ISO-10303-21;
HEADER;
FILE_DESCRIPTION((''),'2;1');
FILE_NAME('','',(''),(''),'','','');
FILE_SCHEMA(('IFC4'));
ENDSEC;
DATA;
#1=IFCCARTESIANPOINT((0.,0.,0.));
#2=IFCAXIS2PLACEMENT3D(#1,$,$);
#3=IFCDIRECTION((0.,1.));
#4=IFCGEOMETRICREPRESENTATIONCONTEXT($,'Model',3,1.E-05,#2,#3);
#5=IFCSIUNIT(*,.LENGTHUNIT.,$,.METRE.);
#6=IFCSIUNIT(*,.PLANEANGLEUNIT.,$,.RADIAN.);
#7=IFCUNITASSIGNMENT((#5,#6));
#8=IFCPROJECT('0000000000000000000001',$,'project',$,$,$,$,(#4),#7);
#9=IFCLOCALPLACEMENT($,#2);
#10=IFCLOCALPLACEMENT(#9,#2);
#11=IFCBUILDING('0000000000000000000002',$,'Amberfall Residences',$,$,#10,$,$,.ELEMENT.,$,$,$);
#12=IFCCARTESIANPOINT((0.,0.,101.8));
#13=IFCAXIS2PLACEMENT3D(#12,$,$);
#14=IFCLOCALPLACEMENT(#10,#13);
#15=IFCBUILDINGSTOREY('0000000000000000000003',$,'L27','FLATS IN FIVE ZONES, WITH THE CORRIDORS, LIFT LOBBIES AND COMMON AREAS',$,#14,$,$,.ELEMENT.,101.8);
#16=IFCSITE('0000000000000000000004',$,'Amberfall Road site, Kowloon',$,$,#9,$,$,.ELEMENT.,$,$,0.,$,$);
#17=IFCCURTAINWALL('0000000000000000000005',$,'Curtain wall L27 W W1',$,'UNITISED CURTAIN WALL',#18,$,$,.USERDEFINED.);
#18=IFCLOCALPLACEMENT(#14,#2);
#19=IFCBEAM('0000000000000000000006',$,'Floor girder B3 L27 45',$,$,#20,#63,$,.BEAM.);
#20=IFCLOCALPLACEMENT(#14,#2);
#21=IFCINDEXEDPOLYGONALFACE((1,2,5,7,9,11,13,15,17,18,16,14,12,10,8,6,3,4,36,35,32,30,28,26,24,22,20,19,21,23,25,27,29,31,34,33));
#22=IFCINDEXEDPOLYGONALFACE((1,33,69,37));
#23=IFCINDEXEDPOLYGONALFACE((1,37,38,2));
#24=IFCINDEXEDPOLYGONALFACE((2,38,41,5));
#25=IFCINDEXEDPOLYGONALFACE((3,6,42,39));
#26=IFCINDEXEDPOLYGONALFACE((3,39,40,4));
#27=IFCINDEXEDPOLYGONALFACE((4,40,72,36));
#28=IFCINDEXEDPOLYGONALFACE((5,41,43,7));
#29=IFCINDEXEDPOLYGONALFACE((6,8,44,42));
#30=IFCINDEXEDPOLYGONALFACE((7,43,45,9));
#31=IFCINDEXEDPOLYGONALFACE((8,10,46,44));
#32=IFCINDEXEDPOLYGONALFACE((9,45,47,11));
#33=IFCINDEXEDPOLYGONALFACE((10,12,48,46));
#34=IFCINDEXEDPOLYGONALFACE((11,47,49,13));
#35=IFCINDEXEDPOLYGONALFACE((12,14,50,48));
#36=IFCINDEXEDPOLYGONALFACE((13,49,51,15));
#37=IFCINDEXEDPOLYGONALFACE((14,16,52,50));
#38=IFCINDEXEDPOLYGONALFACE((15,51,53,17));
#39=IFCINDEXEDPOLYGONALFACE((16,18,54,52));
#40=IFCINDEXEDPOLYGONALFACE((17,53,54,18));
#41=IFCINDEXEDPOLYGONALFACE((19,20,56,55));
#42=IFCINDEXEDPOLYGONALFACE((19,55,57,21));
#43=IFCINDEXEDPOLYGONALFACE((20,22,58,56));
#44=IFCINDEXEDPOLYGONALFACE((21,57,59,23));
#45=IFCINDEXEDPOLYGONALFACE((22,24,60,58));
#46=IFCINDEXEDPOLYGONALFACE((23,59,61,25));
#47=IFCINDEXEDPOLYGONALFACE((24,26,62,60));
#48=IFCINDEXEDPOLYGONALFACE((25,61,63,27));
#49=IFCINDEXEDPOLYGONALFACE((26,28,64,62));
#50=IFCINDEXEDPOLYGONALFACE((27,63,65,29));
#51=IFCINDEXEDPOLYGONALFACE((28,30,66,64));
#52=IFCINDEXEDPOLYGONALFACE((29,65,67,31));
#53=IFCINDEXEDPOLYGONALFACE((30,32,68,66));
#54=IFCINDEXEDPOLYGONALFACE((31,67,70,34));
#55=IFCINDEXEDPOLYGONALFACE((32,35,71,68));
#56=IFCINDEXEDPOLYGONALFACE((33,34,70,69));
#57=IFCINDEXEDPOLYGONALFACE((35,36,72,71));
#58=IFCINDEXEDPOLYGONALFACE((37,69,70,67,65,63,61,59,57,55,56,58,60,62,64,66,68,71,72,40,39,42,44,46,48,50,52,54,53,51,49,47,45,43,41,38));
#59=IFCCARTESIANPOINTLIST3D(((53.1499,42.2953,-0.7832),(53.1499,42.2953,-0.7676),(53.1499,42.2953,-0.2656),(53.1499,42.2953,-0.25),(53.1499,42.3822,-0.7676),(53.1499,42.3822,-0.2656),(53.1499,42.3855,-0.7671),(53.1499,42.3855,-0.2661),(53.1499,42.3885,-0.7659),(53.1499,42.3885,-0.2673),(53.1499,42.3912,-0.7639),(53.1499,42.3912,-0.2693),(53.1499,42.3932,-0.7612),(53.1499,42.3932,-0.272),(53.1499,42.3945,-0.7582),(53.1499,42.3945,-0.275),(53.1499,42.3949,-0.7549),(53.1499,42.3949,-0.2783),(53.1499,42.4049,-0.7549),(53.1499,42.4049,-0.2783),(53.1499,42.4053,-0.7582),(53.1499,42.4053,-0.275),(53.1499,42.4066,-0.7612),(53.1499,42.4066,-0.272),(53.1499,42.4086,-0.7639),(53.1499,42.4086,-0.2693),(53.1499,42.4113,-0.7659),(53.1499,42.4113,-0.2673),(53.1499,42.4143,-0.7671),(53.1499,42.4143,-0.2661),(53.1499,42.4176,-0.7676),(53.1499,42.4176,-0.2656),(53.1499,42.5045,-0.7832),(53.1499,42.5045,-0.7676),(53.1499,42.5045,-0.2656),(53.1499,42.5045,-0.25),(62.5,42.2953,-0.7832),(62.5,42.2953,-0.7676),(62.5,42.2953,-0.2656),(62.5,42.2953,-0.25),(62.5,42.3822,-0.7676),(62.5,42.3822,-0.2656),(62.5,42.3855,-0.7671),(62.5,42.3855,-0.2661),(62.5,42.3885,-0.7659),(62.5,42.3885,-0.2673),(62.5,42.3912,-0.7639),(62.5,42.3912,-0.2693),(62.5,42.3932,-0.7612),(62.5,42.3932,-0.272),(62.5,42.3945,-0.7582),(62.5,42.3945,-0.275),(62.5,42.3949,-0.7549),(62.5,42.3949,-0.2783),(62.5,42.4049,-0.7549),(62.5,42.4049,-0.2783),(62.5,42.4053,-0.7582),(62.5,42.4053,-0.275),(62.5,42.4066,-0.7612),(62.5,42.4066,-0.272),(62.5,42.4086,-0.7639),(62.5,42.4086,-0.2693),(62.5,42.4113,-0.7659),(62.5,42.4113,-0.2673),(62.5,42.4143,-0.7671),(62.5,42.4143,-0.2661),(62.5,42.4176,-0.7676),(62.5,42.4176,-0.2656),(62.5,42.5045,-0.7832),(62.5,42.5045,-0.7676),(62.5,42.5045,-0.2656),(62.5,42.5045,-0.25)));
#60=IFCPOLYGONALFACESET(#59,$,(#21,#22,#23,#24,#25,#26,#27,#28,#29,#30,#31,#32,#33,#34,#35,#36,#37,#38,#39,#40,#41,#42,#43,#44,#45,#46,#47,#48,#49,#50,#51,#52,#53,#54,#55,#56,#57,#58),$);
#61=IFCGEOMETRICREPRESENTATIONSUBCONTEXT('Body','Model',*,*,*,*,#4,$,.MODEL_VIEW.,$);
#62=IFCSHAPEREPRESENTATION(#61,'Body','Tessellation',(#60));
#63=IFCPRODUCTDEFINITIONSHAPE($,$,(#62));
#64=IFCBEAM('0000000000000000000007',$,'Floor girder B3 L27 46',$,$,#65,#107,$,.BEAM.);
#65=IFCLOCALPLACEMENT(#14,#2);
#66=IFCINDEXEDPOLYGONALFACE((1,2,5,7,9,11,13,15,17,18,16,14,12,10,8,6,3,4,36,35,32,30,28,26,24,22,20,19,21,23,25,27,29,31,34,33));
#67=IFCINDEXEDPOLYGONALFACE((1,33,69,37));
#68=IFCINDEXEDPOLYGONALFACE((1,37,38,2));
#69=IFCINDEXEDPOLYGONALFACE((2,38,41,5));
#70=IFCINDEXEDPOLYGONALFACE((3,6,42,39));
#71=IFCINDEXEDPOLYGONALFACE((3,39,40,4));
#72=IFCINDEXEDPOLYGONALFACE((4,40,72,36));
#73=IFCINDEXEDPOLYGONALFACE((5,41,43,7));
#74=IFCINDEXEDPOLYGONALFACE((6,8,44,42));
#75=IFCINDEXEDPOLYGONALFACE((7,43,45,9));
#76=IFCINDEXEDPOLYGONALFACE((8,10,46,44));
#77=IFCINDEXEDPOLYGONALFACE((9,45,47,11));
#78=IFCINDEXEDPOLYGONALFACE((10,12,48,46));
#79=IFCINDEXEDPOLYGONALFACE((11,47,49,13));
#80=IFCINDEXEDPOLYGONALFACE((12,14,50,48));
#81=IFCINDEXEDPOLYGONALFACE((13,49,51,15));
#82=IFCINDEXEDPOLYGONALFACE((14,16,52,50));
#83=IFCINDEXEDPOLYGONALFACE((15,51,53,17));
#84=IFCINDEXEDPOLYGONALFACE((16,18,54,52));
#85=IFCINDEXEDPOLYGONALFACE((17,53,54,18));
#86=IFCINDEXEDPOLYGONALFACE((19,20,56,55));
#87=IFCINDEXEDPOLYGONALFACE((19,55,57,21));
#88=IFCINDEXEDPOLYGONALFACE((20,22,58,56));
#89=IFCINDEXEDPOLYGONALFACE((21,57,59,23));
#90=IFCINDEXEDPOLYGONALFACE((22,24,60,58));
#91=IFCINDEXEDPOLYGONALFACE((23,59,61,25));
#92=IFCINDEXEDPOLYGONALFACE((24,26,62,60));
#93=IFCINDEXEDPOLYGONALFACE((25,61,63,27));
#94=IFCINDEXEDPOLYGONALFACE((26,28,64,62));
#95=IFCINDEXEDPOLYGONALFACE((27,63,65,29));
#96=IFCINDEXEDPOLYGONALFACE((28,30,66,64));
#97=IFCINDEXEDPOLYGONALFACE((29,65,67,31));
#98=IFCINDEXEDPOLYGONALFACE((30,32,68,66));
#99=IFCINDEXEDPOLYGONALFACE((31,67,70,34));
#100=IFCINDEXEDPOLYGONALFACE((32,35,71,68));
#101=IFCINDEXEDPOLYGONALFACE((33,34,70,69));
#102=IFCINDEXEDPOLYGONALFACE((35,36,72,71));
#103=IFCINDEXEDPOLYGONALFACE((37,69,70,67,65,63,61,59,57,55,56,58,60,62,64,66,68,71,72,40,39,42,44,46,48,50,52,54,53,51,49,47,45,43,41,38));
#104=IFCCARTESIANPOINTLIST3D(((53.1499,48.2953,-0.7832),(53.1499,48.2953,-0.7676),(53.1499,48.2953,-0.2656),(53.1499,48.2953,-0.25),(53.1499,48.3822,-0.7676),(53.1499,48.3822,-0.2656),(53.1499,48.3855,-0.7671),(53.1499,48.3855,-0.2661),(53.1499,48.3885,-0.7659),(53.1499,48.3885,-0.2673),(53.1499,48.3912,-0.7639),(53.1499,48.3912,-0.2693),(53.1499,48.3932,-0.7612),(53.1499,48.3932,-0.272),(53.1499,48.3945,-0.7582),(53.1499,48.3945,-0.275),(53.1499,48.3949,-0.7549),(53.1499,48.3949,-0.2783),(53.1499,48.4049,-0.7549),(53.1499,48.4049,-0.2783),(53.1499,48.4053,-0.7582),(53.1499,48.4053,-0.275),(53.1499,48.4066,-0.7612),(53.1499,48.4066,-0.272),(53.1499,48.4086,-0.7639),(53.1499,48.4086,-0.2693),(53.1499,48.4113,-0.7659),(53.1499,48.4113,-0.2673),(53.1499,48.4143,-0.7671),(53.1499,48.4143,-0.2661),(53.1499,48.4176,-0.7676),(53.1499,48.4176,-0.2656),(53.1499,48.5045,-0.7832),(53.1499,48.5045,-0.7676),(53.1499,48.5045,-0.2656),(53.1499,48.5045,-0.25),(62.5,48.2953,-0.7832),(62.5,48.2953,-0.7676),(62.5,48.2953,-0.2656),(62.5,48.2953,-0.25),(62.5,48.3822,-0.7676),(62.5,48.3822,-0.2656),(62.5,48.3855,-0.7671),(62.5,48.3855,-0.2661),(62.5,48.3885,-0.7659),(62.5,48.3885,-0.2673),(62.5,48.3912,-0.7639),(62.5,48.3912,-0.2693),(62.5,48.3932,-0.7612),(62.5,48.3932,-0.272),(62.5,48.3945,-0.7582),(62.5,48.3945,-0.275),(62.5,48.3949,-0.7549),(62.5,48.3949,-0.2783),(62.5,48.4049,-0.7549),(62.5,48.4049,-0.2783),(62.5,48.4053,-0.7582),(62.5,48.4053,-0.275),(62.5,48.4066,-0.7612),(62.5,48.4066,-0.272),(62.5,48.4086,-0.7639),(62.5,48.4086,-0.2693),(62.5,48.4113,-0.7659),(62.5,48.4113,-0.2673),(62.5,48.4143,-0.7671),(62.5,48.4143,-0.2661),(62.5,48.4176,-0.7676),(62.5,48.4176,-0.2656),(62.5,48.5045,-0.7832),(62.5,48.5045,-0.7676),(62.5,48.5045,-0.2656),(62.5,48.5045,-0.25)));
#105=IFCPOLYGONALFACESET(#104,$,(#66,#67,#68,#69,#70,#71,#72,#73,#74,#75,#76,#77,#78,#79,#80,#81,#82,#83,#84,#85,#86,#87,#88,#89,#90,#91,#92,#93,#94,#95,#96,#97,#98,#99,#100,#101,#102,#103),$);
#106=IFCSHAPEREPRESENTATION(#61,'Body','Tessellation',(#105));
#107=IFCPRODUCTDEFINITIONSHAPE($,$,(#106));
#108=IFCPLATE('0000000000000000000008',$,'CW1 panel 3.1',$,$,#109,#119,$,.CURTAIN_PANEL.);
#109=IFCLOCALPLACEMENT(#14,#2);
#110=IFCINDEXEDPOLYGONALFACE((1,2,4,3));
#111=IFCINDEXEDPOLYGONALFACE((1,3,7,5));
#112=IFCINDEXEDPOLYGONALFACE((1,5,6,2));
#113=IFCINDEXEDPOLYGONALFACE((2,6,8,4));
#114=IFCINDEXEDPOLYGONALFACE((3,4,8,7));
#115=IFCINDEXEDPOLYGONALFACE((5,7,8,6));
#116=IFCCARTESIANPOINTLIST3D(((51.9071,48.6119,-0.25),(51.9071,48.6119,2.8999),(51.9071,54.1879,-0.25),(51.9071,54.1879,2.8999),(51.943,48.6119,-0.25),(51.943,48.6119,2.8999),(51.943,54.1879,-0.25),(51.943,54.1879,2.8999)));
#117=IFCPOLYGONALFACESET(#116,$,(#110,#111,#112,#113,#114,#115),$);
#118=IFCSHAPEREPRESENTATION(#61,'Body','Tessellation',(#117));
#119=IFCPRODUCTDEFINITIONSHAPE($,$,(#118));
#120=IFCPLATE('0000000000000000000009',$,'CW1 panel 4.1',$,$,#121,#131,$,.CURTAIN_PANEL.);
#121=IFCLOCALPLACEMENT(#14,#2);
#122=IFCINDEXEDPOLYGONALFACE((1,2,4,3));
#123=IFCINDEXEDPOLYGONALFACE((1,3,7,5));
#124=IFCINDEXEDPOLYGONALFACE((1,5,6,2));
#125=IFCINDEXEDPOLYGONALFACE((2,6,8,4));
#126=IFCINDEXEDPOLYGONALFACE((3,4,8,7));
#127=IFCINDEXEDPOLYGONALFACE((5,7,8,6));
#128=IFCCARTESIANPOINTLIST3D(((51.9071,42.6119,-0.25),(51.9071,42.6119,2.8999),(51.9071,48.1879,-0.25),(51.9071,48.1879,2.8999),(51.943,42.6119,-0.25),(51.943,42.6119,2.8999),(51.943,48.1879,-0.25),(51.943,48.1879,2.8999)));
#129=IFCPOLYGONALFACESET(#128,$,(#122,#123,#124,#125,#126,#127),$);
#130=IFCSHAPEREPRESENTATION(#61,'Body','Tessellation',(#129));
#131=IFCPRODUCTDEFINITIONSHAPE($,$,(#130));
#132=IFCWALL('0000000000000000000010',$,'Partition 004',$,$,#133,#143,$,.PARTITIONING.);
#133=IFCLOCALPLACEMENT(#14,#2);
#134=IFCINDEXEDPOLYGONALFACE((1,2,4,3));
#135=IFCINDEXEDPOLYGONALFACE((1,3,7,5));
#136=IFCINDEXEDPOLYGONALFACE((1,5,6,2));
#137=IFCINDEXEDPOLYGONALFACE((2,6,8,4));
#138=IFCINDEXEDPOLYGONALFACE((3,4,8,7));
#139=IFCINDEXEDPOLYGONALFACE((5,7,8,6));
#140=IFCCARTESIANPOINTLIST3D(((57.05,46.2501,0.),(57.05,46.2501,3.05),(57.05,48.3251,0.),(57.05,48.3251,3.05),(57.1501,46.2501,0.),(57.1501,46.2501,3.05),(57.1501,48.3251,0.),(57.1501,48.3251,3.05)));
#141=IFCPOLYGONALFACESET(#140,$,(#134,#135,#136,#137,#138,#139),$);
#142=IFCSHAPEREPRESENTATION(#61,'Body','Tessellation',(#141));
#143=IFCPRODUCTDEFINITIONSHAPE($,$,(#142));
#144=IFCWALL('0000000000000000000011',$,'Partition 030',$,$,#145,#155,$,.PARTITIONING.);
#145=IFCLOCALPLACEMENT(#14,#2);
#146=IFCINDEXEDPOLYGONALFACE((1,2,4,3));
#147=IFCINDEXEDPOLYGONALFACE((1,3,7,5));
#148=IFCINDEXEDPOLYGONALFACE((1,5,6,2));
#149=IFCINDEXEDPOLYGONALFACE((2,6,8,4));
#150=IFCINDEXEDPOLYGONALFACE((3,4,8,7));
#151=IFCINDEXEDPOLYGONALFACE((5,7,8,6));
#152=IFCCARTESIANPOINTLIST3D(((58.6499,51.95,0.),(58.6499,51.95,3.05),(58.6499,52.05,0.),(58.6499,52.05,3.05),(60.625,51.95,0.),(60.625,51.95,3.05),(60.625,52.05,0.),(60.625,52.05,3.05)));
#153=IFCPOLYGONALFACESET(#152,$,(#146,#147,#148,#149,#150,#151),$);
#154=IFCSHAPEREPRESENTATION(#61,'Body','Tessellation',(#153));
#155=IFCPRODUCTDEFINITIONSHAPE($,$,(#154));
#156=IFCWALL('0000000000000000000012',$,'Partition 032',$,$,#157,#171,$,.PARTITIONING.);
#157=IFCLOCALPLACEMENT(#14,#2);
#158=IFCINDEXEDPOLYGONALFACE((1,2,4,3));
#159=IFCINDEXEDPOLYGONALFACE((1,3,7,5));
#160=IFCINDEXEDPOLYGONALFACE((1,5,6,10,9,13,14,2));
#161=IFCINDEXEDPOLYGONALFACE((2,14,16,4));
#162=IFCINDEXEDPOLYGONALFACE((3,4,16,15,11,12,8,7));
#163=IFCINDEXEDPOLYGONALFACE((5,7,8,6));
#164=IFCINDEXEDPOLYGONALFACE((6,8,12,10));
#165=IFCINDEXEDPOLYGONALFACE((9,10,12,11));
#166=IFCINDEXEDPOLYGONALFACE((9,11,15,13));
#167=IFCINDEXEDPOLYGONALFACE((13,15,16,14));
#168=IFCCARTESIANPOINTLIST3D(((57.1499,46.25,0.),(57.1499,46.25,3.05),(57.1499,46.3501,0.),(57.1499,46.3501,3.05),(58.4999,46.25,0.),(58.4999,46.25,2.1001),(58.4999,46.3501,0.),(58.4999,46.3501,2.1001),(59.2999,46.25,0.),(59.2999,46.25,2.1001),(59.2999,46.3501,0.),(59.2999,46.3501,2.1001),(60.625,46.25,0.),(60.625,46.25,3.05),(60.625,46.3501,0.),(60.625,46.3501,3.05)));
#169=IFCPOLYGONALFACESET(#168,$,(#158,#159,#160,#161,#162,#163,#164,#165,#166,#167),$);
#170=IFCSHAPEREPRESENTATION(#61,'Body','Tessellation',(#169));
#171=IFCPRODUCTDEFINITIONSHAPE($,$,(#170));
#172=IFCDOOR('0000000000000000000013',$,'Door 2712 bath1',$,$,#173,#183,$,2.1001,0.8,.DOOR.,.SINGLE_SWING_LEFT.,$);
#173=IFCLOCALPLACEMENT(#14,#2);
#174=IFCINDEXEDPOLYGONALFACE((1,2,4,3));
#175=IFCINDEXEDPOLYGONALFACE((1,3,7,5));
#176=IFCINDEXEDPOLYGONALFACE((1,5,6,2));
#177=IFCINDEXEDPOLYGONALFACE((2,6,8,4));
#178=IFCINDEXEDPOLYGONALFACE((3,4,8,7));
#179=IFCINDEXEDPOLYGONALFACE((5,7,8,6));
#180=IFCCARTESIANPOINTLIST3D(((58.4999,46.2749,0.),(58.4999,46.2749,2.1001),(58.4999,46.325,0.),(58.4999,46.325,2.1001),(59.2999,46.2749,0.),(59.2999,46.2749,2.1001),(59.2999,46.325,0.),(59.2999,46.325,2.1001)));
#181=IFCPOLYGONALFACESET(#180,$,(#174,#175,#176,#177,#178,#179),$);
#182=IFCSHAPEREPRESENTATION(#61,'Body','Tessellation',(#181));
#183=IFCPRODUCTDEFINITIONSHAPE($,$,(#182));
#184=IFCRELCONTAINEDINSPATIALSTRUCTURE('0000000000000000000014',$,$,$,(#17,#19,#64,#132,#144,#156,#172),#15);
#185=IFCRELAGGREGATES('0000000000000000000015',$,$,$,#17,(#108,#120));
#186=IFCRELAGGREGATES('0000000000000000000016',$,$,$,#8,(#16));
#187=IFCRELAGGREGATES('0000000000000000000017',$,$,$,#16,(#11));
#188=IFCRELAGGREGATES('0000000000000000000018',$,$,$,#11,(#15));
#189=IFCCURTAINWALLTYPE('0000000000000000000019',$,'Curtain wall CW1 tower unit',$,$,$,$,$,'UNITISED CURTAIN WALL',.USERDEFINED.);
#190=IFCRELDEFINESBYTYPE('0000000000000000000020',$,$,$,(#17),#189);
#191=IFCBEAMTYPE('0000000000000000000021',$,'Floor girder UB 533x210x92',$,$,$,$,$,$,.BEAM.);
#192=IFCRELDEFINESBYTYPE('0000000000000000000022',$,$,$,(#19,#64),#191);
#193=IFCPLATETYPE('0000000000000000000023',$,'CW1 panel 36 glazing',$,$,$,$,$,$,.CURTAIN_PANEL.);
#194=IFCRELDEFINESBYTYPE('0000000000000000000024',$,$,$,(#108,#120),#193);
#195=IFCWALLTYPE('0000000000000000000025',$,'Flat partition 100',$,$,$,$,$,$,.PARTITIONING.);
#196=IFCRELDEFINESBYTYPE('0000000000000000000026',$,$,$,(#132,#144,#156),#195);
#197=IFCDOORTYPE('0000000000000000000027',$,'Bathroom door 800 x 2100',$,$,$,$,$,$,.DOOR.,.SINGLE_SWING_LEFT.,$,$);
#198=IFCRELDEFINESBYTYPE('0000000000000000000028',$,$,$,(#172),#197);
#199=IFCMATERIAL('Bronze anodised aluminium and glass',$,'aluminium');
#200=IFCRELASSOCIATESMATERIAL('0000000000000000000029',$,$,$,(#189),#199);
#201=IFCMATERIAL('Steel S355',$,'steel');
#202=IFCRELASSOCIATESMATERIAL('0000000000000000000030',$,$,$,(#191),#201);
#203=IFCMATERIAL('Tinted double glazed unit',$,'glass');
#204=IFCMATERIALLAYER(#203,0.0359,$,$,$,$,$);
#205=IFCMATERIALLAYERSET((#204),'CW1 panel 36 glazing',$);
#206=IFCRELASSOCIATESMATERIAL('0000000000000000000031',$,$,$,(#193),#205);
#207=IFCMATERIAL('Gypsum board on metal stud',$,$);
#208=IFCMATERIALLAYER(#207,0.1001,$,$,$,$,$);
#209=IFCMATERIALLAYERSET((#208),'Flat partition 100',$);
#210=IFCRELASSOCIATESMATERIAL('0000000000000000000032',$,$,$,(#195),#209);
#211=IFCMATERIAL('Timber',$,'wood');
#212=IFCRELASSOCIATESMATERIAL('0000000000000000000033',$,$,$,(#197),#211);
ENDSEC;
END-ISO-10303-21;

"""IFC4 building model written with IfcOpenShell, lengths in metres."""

from ifc_helpers import new_model, si_unit, direction, frame, frame_2d, origin, origin_2d, place, context, subcontext, project, spatial, rectangle, i_section, extrude, material, layer, layer_set, material_profile, profile_set, type_object, element, fill, aggregate, save


model = new_model("IFC4")

# Units and contexts
model_context = context("Model", 3, precision=1e-05, world=origin(), true_north=direction((0.0, 1.0)))
body_context = subcontext(model_context, "Body", "Model", "MODEL_VIEW")
ifc_project = project(units=[si_unit("LENGTHUNIT", "METRE"), si_unit("PLANEANGLEUNIT", "RADIAN")], contexts=[model_context])

# Site, building, storey
site_placement = place(None, origin())
site = spatial("IfcSite", under=ifc_project, at=site_placement, Name="Amberfall Road site, Kowloon", CompositionType="ELEMENT", RefElevation=0.0)
building_placement = place(site_placement, origin())
building = spatial("IfcBuilding", under=site, at=building_placement, Name="Amberfall Residences", CompositionType="ELEMENT")
storey_placement = place(building_placement, frame((0.0, 0.0, 101.8)))
storey = spatial("IfcBuildingStorey", under=building, at=storey_placement, Name="L27", Description="FLATS IN FIVE ZONES, WITH THE CORRIDORS, LIFT LOBBIES AND COMMON AREAS", CompositionType="ELEMENT", Elevation=101.8)

# Curtain wall
ifc_material_1 = material(Name="Bronze anodised aluminium and glass", Category="aluminium")
curtain_wall_type = type_object("IfcCurtainWallType", Name="Curtain wall CW1 tower unit", ElementType="UNITISED CURTAIN WALL", PredefinedType="USERDEFINED", material=ifc_material_1)
curtain_wall_placement = place(storey_placement, origin())
curtain_wall = element("IfcCurtainWall", 1, at=curtain_wall_placement, inside=storey, type_object=curtain_wall_type, Name="Curtain wall L27 W W1", ObjectType="UNITISED CURTAIN WALL", PredefinedType="USERDEFINED")

# Shared definitions
ifc_material_2 = material(Name="Steel S355", Category="steel")

# Beams
ifc_material_profile_1 = material_profile(ifc_material_2, i_section(OverallWidth=0.2092, OverallDepth=0.5332, WebThickness=0.01, FlangeThickness=0.0156, FilletRadius=0.0127, at=origin_2d()), Name="UB 533x210x92")
ifc_profile_set_1 = profile_set([ifc_material_profile_1], Name="Steel S355")
beam_type_1 = type_object("IfcBeamType", Name="Floor girder UB 533x210x92", PredefinedType="BEAM", material=ifc_profile_set_1)
for number, where, z_axis, x_axis, name in (
    (2, (53.1499, 42.3999, -0.5166), (1.0, 0.0, 0.0), (0.0, 1.0, 0.0), "Floor girder B3 L27 45"),
    (3, (53.1499, 48.3999, -0.5166), (1.0, 0.0, 0.0), (0.0, 1.0, 0.0), "Floor girder B3 L27 46"),
):
    element("IfcBeam", number, at=place(storey_placement, frame(where, z_axis=z_axis, x_axis=x_axis)), inside=storey, type_object=beam_type_1, Name=name, PredefinedType="BEAM", context=body_context, shape_type="SweptSolid", body=[
        extrude(i_section(OverallWidth=0.2092, OverallDepth=0.5332, WebThickness=0.01, FlangeThickness=0.0156, FilletRadius=0.0127, at=origin_2d()), origin(), (0.0, 0.0, 1.0), 9.3501),
    ])

# Plates
ifc_material_3 = material(Name="Tinted double glazed unit", Category="glass")
ifc_layer_1 = layer(ifc_material_3, 0.0359)
ifc_layer_set_1 = layer_set([ifc_layer_1], Name="CW1 panel 36 glazing")
plate_type = type_object("IfcPlateType", Name="CW1 panel 36 glazing", PredefinedType="CURTAIN_PANEL", material=ifc_layer_set_1)
plate_1_placement = place(storey_placement, frame((51.925, 51.3999, -0.25), z_axis=(0.0, 0.0, 1.0), x_axis=(0.0, -1.0, 0.0)))
plate_1 = element("IfcPlate", 4, at=plate_1_placement, type_object=plate_type, Name="CW1 panel 3.1", PredefinedType="CURTAIN_PANEL", context=body_context, shape_type="SweptSolid", body=[
    extrude(rectangle(XDim=5.5759, YDim=0.0359, at=origin_2d()), origin(), (0.0, 0.0, 1.0), 3.1499),
])
plate_2_placement = place(storey_placement, frame((51.925, 45.3999, -0.25), z_axis=(0.0, 0.0, 1.0), x_axis=(0.0, -1.0, 0.0)))
plate_2 = element("IfcPlate", 5, at=plate_2_placement, type_object=plate_type, Name="CW1 panel 4.1", PredefinedType="CURTAIN_PANEL", context=body_context, shape_type="SweptSolid", body=[
    extrude(rectangle(XDim=5.5759, YDim=0.0359, at=origin_2d()), origin(), (0.0, 0.0, 1.0), 3.1499),
])
aggregate(curtain_wall, [plate_1, plate_2])

# Walls
ifc_material_4 = material(Name="Gypsum board on metal stud")
ifc_layer_2 = layer(ifc_material_4, 0.1001)
ifc_layer_set_2 = layer_set([ifc_layer_2], Name="Flat partition 100")
wall_type_1 = type_object("IfcWallType", Name="Flat partition 100", PredefinedType="PARTITIONING", material=ifc_layer_set_2)
wall_1_placement = place(storey_placement, frame((57.1001, 46.25, 0.0), z_axis=(0.0, 0.0, 1.0), x_axis=(0.0, 1.0, 0.0)))
element("IfcWall", 6, at=wall_1_placement, inside=storey, type_object=wall_type_1, Name="Partition 004", PredefinedType="PARTITIONING", context=body_context, shape_type="SweptSolid", body=[
    extrude(rectangle(XDim=2.075, YDim=0.1001, at=frame_2d((1.0376, 0.0))), origin(), (0.0, 0.0, 1.0), 3.05),
])
wall_2_placement = place(storey_placement, frame((58.6499, 52.0, 0.0), z_axis=(0.0, 0.0, 1.0), x_axis=(1.0, 0.0, 0.0)))
element("IfcWall", 7, at=wall_2_placement, inside=storey, type_object=wall_type_1, Name="Partition 030", PredefinedType="PARTITIONING", context=body_context, shape_type="SweptSolid", body=[
    extrude(rectangle(XDim=1.9751, YDim=0.1001, at=frame_2d((0.9875, 0.0))), origin(), (0.0, 0.0, 1.0), 3.05),
])

# Wall, opening, door
wall_3_placement = place(storey_placement, frame((57.1499, 46.3, 0.0), z_axis=(0.0, 0.0, 1.0), x_axis=(1.0, 0.0, 0.0)))
wall_3 = element("IfcWall", 8, at=wall_3_placement, inside=storey, type_object=wall_type_1, Name="Partition 032", PredefinedType="PARTITIONING", context=body_context, shape_type="SweptSolid", body=[
    extrude(rectangle(XDim=3.4751, YDim=0.1001, at=frame_2d((1.7375, 0.0))), origin(), (0.0, 0.0, 1.0), 3.05),
])
opening_placement = place(wall_3_placement, frame((1.3501, 0.0, 0.0)))
opening = element("IfcOpeningElement", 9, at=opening_placement, cuts=wall_3, PredefinedType="OPENING", context=body_context, shape_type="SweptSolid", body=[
    extrude(rectangle(XDim=0.8, YDim=2.1001, at=frame_2d((0.3999, 1.05))), frame((0.0, 0.0601, 0.0), z_axis=(0.0, -1.0, 0.0), x_axis=(1.0, 0.0, 0.0)), (0.0, 0.0, 1.0), 0.1201),
])
ifc_material_5 = material(Name="Timber", Category="wood")
door_type = type_object("IfcDoorType", Name="Bathroom door 800 x 2100", OperationType="SINGLE_SWING_LEFT", PredefinedType="DOOR", material=ifc_material_5)
door_placement = place(opening_placement, origin())
door = element("IfcDoor", 10, at=door_placement, inside=storey, type_object=door_type, Name="Door 2712 bath1", OperationType="SINGLE_SWING_LEFT", OverallHeight=2.1001, OverallWidth=0.8, PredefinedType="DOOR", context=body_context, shape_type="SweptSolid", body=[
    extrude(rectangle(XDim=0.8, YDim=2.1001, at=frame_2d((0.3999, 1.05))), frame((0.0, 0.0249, 0.0), z_axis=(0.0, -1.0, 0.0), x_axis=(1.0, 0.0, 0.0)), (0.0, 0.0, 1.0), 0.05),
])
fill(opening, door)

save(model, "model.ifc")
